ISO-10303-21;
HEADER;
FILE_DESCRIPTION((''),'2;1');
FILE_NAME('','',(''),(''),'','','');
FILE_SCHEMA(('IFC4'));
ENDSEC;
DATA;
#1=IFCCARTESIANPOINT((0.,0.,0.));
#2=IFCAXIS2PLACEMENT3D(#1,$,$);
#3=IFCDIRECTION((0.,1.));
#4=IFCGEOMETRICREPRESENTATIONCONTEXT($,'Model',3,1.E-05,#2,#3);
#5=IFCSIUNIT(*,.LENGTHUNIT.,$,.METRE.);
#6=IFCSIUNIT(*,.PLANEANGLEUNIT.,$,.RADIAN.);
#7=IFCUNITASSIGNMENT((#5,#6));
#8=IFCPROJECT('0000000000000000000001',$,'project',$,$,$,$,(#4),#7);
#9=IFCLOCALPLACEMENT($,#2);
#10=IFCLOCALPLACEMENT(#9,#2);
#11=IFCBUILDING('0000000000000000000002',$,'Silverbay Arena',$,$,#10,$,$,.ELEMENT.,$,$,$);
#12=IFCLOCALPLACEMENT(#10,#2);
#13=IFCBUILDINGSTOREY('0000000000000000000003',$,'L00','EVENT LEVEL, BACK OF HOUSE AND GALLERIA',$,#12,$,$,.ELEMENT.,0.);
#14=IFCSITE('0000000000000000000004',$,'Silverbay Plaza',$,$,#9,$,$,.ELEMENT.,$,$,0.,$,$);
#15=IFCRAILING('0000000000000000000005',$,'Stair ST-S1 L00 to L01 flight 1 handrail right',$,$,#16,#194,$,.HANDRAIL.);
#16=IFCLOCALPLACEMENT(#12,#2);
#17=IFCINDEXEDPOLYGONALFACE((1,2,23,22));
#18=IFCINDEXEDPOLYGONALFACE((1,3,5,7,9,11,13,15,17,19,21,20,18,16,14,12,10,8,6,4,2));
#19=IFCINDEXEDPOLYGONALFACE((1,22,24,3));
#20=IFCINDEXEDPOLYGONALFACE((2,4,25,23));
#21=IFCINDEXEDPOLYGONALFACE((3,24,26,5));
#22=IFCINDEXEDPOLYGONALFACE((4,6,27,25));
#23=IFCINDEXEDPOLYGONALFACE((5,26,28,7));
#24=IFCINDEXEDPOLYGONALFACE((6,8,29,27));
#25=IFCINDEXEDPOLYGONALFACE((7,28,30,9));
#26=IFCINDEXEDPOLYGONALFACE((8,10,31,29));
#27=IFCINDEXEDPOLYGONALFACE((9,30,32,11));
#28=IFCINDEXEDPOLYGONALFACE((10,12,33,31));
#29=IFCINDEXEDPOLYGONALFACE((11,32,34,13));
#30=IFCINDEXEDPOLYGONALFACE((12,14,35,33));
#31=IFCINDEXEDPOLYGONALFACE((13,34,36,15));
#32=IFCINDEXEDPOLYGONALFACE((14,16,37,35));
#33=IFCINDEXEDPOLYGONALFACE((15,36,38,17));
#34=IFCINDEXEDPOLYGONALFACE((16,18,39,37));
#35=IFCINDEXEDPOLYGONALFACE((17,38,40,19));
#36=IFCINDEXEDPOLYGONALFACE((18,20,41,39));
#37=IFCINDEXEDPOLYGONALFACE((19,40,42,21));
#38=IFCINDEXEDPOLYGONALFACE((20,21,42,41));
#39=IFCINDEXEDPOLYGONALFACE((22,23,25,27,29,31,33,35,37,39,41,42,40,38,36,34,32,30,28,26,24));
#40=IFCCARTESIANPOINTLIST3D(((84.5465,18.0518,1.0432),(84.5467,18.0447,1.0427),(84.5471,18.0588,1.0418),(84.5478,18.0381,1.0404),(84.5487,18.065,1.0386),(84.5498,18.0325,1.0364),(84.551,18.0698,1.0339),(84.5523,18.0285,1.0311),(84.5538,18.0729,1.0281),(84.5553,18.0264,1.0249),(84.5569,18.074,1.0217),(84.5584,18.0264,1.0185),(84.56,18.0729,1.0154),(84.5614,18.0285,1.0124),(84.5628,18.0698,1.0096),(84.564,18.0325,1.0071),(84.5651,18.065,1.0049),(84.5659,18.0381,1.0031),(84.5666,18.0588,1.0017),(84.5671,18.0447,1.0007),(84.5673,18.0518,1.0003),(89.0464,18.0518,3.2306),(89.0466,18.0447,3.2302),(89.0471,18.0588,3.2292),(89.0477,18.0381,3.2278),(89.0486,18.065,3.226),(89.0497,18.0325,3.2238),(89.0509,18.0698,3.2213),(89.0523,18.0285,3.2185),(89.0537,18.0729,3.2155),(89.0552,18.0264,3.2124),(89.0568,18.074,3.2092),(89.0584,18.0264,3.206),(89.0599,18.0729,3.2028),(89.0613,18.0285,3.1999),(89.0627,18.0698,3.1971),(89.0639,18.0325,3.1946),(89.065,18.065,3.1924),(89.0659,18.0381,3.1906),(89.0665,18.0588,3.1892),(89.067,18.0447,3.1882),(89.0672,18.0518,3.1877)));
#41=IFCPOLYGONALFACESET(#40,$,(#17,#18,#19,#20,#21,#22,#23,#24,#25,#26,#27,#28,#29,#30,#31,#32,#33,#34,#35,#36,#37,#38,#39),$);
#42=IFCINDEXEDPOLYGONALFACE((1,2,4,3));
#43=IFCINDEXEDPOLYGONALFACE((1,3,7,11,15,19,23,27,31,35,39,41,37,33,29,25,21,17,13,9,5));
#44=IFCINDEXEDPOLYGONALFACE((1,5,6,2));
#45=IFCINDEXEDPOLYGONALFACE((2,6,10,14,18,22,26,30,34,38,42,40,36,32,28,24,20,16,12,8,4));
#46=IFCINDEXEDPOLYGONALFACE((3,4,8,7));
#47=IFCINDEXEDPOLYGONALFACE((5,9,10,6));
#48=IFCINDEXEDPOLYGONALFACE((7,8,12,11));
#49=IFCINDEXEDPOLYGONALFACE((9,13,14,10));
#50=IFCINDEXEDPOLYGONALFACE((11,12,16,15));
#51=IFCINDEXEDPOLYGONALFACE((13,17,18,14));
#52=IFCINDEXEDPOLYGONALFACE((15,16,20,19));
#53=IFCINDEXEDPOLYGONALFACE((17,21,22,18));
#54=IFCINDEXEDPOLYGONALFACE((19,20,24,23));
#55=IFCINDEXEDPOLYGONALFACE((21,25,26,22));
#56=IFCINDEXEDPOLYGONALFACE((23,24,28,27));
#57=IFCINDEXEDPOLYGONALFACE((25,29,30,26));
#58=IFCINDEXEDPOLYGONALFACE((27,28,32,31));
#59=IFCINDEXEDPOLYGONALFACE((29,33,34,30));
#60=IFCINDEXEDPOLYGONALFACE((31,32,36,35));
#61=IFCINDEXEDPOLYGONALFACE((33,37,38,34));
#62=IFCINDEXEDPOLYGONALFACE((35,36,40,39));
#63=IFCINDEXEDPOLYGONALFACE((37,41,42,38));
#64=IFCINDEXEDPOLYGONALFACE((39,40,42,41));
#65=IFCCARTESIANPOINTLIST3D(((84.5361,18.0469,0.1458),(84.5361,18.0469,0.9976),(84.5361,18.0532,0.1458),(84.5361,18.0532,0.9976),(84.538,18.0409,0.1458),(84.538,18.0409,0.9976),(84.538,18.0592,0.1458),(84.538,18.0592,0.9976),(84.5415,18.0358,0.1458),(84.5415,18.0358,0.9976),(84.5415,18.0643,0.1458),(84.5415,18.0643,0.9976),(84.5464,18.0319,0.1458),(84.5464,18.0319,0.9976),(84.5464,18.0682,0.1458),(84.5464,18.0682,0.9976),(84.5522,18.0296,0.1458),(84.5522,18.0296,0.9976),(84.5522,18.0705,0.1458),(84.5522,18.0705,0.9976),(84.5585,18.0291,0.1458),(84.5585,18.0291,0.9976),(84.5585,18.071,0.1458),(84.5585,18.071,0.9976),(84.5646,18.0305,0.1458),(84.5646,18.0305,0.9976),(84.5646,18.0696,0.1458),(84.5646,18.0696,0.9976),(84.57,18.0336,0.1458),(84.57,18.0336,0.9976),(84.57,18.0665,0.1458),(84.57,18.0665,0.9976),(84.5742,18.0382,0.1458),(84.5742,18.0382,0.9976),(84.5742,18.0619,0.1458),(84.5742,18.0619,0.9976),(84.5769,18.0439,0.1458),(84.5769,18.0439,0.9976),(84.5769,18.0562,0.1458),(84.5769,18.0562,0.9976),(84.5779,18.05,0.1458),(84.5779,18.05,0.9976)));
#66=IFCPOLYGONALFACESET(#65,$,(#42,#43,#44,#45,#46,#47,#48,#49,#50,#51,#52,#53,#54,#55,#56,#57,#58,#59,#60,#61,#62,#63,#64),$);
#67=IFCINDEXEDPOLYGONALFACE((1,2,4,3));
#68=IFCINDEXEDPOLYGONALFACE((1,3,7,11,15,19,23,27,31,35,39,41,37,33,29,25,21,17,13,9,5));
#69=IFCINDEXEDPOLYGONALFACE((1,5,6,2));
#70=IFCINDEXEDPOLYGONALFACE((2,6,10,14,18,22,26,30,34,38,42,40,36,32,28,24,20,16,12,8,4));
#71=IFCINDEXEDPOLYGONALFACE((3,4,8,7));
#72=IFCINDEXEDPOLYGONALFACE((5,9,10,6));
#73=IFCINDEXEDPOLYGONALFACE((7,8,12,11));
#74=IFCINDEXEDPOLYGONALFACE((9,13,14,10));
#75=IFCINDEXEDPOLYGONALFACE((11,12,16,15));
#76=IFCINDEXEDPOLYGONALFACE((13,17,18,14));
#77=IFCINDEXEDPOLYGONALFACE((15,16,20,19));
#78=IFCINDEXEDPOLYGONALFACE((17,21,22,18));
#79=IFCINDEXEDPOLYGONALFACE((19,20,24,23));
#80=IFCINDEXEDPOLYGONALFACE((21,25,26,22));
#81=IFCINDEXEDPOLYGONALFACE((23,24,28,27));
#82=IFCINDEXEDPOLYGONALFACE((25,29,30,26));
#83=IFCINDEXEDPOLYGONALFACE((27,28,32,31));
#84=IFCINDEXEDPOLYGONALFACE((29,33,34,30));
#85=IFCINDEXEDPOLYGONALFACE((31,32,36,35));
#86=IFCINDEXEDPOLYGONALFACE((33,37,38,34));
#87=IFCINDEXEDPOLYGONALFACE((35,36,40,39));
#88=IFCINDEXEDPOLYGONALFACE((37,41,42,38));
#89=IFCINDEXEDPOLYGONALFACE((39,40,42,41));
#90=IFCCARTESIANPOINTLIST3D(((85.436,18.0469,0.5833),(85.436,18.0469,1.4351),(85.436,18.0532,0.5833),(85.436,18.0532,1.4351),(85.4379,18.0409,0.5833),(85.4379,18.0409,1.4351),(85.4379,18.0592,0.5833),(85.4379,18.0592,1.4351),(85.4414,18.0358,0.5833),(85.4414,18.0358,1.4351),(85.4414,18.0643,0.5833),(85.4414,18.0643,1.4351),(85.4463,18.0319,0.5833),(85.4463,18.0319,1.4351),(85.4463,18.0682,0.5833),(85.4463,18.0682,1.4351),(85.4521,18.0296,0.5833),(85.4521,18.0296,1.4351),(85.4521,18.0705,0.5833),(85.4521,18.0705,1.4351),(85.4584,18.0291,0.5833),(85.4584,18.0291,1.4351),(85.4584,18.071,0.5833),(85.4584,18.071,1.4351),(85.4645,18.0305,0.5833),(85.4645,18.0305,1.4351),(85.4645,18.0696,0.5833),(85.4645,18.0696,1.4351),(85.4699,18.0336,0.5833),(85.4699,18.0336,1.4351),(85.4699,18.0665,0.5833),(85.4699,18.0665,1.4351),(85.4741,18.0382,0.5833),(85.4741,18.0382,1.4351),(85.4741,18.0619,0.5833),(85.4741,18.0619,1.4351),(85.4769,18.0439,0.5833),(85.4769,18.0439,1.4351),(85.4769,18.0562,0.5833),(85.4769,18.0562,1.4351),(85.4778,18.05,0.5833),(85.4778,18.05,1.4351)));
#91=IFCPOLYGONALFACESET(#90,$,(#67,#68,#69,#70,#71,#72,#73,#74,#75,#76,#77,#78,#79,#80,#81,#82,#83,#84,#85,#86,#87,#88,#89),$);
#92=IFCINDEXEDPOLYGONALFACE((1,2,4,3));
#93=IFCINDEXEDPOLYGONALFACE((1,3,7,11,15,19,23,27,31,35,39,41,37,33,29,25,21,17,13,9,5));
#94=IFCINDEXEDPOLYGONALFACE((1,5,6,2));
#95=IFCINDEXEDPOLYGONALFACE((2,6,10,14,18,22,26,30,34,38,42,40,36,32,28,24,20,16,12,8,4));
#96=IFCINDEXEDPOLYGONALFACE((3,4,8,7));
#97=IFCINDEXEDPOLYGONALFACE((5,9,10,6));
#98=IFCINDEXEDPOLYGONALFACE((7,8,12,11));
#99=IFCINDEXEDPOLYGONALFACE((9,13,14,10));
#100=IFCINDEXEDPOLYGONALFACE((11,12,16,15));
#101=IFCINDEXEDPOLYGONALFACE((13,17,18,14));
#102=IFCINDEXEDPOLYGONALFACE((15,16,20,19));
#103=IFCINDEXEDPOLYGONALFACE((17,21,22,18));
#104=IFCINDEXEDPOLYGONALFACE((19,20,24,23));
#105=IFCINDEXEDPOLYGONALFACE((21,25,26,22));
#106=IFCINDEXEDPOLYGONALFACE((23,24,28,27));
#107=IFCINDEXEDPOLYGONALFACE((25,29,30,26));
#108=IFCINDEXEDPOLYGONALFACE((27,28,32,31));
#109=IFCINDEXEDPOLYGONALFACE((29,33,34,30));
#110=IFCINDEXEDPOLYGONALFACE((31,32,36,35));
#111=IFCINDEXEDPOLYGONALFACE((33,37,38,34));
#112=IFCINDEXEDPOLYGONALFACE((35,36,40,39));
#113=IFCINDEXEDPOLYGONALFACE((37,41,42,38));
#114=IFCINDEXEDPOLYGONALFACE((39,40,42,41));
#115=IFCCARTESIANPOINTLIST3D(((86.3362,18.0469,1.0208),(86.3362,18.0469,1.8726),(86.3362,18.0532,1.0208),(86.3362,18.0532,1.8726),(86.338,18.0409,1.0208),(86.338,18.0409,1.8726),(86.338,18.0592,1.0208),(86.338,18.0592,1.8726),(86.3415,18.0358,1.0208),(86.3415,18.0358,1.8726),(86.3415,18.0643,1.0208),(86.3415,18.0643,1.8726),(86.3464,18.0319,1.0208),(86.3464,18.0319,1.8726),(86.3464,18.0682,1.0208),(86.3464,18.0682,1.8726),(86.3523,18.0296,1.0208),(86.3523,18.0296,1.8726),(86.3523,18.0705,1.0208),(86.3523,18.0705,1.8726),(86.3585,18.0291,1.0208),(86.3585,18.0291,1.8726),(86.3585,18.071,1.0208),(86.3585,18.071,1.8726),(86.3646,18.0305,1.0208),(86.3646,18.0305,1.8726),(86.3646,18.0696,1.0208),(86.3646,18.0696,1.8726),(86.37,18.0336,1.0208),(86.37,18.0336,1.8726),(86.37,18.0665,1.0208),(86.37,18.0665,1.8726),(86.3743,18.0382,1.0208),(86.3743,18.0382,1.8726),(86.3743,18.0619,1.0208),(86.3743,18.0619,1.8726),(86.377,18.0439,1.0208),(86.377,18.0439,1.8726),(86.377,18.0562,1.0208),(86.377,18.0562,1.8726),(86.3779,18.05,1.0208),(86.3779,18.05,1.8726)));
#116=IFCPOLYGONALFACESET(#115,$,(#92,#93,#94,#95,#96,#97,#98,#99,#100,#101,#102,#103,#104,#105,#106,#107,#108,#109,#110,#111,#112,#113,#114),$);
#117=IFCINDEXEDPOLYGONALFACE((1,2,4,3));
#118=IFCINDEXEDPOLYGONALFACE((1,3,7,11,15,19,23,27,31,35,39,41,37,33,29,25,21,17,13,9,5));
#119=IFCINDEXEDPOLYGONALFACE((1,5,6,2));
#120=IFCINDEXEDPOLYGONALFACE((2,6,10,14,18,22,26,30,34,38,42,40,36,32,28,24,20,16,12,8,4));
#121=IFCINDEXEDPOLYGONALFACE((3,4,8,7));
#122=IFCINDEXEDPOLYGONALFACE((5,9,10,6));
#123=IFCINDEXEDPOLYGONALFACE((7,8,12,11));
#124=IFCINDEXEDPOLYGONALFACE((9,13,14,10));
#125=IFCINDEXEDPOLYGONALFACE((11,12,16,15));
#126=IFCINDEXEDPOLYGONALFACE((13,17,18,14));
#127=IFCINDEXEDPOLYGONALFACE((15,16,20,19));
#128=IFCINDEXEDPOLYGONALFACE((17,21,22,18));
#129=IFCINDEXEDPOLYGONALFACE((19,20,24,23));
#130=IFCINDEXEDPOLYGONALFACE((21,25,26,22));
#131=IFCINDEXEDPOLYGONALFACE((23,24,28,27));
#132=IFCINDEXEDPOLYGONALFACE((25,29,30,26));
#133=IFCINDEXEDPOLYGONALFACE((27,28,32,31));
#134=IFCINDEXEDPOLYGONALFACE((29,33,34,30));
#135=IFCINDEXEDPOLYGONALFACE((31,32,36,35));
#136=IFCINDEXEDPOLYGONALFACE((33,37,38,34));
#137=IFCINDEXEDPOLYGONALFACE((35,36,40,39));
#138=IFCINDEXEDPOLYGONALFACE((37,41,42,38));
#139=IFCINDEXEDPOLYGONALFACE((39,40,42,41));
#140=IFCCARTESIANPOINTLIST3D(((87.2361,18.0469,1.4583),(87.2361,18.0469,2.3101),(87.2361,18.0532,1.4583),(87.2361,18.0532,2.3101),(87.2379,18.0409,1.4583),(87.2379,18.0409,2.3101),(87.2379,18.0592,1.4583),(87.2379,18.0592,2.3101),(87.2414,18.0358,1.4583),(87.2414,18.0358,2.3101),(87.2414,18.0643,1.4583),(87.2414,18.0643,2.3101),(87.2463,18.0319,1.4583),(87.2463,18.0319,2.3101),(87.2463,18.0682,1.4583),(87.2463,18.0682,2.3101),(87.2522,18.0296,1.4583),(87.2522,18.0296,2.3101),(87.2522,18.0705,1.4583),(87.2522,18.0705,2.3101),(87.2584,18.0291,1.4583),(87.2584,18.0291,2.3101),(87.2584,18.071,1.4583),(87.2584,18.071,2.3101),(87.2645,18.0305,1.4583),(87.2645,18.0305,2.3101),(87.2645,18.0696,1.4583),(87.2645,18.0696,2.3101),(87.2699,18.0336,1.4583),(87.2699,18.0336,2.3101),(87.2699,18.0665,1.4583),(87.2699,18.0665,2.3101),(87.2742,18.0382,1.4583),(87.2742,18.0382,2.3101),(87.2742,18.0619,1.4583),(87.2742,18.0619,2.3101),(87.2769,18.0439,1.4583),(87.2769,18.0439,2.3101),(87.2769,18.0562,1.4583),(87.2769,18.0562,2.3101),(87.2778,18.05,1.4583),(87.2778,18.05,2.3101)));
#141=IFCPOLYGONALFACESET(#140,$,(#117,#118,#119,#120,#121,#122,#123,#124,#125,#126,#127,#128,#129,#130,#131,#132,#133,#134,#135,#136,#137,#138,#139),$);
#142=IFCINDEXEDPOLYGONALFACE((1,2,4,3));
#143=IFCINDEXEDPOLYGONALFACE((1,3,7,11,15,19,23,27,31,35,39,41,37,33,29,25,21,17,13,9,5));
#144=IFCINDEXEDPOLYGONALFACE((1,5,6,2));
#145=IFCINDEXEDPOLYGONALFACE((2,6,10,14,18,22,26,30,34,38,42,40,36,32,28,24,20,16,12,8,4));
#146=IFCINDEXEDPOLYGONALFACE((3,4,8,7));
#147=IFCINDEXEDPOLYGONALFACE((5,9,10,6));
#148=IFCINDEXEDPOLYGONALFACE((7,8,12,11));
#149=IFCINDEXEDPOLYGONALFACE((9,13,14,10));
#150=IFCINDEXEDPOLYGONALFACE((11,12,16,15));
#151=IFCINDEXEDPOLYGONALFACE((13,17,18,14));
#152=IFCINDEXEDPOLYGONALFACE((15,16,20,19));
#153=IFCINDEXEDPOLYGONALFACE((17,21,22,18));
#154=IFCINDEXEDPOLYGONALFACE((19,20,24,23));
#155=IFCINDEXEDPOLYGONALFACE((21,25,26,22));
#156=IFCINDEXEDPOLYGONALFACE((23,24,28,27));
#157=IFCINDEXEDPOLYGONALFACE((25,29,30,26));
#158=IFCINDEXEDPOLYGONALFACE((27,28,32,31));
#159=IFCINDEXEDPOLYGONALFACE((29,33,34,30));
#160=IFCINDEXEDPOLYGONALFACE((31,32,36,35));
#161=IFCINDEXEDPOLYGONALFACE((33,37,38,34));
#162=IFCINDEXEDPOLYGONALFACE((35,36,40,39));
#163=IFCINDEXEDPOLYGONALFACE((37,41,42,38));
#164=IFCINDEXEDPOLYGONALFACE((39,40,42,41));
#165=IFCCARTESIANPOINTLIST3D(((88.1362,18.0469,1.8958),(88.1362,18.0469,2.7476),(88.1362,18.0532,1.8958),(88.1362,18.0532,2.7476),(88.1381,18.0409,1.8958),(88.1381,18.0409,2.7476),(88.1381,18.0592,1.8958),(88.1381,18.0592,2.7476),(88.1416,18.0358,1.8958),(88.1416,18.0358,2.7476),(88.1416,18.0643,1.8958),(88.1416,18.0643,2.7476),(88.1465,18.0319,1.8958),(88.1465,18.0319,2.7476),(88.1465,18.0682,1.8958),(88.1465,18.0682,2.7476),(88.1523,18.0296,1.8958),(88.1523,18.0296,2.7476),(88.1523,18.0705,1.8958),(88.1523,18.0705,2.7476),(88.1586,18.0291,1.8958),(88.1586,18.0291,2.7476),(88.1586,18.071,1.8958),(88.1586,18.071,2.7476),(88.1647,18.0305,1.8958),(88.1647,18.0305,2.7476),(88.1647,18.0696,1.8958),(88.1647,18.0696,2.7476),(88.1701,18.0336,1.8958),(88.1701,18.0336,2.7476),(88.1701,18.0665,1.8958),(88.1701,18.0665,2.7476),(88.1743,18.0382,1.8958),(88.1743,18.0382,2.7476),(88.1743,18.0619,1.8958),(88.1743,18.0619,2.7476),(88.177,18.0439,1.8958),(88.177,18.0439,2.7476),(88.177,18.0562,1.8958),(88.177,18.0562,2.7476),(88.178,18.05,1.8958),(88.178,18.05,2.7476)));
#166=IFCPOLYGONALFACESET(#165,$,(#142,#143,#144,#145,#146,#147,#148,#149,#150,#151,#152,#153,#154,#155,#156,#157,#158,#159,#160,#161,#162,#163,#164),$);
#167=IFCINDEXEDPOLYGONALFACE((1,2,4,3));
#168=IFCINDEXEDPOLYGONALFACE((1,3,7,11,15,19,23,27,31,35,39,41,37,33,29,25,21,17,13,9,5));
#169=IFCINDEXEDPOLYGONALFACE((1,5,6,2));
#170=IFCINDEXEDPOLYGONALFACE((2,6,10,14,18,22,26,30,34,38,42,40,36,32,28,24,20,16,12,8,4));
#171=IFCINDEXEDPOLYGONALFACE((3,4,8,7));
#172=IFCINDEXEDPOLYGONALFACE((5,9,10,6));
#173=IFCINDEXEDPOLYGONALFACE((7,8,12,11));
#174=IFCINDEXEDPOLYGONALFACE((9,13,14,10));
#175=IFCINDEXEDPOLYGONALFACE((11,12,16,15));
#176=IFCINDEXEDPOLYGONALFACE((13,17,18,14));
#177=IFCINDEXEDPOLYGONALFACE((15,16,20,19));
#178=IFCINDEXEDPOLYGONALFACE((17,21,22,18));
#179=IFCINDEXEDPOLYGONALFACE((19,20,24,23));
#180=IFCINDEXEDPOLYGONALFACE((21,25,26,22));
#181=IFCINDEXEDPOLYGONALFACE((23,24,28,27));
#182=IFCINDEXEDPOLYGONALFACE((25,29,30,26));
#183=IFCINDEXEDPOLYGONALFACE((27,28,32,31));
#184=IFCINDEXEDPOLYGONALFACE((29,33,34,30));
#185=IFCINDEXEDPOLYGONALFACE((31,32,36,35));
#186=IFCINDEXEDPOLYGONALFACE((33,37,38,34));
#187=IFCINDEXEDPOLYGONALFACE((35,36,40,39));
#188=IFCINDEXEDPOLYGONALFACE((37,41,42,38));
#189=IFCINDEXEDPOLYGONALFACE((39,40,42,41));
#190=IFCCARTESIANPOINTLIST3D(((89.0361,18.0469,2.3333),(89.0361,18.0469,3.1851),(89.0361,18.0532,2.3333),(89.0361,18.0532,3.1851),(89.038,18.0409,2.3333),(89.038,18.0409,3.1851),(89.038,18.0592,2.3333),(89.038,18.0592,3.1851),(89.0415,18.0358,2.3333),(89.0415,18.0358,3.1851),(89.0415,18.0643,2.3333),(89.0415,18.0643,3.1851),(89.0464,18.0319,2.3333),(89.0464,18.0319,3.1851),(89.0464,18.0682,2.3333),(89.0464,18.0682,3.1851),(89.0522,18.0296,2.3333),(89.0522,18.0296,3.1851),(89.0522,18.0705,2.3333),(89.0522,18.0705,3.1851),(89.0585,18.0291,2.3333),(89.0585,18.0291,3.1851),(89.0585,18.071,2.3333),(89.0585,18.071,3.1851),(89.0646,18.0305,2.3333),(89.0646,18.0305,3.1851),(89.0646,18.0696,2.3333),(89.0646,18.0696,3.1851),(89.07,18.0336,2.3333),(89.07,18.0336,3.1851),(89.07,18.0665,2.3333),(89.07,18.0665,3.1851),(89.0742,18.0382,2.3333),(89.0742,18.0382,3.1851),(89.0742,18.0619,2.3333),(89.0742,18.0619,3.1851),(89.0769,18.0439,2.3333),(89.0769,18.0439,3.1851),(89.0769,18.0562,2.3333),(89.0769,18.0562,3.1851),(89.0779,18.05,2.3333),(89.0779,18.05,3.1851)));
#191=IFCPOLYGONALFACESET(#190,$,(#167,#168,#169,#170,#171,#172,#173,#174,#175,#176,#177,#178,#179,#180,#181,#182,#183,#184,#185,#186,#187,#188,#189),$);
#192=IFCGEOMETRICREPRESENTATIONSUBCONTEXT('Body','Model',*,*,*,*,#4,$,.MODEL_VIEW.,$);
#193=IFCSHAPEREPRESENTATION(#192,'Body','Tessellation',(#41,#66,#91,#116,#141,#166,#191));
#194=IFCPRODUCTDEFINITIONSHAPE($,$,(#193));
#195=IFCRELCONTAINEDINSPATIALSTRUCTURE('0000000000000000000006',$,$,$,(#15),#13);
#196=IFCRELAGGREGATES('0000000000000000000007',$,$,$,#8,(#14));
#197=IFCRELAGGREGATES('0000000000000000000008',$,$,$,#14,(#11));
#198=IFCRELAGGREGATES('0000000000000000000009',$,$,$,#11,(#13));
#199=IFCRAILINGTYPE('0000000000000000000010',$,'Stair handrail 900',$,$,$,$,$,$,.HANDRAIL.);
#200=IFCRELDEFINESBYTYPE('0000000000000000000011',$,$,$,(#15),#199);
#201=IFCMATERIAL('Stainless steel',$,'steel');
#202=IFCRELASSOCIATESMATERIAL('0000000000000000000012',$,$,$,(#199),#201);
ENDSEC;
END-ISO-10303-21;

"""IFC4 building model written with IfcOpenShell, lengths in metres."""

from ifc_helpers import new_model, si_unit, direction, frame, origin, origin_2d, place, context, subcontext, project, spatial, circle, extrude, material, type_object, element, save


model = new_model("IFC4")

# Units and contexts
model_context = context("Model", 3, precision=1e-05, world=origin(), true_north=direction((0.0, 1.0)))
body_context = subcontext(model_context, "Body", "Model", "MODEL_VIEW")
ifc_project = project(units=[si_unit("LENGTHUNIT", "METRE"), si_unit("PLANEANGLEUNIT", "RADIAN")], contexts=[model_context])

# Site, building, storey
site_placement = place(None, origin())
site = spatial("IfcSite", under=ifc_project, at=site_placement, Name="Silverbay Plaza", CompositionType="ELEMENT", RefElevation=0.0)
building_placement = place(site_placement, origin())
building = spatial("IfcBuilding", under=site, at=building_placement, Name="Silverbay Arena", CompositionType="ELEMENT")
storey_placement = place(building_placement, origin())
storey = spatial("IfcBuildingStorey", under=building, at=storey_placement, Name="L00", Description="EVENT LEVEL, BACK OF HOUSE AND GALLERIA", CompositionType="ELEMENT", Elevation=0.0)

# Railing
ifc_material_1 = material(Name="Stainless steel", Category="steel")
railing_type = type_object("IfcRailingType", Name="Stair handrail 900", PredefinedType="HANDRAIL", material=ifc_material_1)
railing_1_placement = place(storey_placement, frame((84.5569, 18.05, 0.1458)))
element("IfcRailing", 1, at=railing_1_placement, inside=storey, type_object=railing_type, Name="Stair ST-S1 L00 to L01 flight 1 handrail right", PredefinedType="HANDRAIL", context=body_context, shape_type="SweptSolid", body=[
    extrude(circle(Radius=0.0239, at=origin_2d()), frame((0.0, 0.0, 0.876), z_axis=(0.899368, 0.0, 0.437193), x_axis=(0.0, 1.0, 0.0)), (0.0, 0.0, 1.0), 5.0034),
    extrude(circle(Radius=0.021, at=origin_2d()), origin(), (0.0, 0.0, 1.0), 0.8518),
    extrude(circle(Radius=0.021, at=origin_2d()), frame((0.8999, 0.0, 0.4375)), (0.0, 0.0, 1.0), 0.8518),
    extrude(circle(Radius=0.021, at=origin_2d()), frame((1.8, 0.0, 0.875)), (0.0, 0.0, 1.0), 0.8518),
    extrude(circle(Radius=0.021, at=origin_2d()), frame((2.7, 0.0, 1.3125)), (0.0, 0.0, 1.0), 0.8518),
    extrude(circle(Radius=0.021, at=origin_2d()), frame((3.6001, 0.0, 1.75)), (0.0, 0.0, 1.0), 0.8518),
    extrude(circle(Radius=0.021, at=origin_2d()), frame((4.5, 0.0, 2.1875)), (0.0, 0.0, 1.0), 0.8518),
])

save(model, "model.ifc")
